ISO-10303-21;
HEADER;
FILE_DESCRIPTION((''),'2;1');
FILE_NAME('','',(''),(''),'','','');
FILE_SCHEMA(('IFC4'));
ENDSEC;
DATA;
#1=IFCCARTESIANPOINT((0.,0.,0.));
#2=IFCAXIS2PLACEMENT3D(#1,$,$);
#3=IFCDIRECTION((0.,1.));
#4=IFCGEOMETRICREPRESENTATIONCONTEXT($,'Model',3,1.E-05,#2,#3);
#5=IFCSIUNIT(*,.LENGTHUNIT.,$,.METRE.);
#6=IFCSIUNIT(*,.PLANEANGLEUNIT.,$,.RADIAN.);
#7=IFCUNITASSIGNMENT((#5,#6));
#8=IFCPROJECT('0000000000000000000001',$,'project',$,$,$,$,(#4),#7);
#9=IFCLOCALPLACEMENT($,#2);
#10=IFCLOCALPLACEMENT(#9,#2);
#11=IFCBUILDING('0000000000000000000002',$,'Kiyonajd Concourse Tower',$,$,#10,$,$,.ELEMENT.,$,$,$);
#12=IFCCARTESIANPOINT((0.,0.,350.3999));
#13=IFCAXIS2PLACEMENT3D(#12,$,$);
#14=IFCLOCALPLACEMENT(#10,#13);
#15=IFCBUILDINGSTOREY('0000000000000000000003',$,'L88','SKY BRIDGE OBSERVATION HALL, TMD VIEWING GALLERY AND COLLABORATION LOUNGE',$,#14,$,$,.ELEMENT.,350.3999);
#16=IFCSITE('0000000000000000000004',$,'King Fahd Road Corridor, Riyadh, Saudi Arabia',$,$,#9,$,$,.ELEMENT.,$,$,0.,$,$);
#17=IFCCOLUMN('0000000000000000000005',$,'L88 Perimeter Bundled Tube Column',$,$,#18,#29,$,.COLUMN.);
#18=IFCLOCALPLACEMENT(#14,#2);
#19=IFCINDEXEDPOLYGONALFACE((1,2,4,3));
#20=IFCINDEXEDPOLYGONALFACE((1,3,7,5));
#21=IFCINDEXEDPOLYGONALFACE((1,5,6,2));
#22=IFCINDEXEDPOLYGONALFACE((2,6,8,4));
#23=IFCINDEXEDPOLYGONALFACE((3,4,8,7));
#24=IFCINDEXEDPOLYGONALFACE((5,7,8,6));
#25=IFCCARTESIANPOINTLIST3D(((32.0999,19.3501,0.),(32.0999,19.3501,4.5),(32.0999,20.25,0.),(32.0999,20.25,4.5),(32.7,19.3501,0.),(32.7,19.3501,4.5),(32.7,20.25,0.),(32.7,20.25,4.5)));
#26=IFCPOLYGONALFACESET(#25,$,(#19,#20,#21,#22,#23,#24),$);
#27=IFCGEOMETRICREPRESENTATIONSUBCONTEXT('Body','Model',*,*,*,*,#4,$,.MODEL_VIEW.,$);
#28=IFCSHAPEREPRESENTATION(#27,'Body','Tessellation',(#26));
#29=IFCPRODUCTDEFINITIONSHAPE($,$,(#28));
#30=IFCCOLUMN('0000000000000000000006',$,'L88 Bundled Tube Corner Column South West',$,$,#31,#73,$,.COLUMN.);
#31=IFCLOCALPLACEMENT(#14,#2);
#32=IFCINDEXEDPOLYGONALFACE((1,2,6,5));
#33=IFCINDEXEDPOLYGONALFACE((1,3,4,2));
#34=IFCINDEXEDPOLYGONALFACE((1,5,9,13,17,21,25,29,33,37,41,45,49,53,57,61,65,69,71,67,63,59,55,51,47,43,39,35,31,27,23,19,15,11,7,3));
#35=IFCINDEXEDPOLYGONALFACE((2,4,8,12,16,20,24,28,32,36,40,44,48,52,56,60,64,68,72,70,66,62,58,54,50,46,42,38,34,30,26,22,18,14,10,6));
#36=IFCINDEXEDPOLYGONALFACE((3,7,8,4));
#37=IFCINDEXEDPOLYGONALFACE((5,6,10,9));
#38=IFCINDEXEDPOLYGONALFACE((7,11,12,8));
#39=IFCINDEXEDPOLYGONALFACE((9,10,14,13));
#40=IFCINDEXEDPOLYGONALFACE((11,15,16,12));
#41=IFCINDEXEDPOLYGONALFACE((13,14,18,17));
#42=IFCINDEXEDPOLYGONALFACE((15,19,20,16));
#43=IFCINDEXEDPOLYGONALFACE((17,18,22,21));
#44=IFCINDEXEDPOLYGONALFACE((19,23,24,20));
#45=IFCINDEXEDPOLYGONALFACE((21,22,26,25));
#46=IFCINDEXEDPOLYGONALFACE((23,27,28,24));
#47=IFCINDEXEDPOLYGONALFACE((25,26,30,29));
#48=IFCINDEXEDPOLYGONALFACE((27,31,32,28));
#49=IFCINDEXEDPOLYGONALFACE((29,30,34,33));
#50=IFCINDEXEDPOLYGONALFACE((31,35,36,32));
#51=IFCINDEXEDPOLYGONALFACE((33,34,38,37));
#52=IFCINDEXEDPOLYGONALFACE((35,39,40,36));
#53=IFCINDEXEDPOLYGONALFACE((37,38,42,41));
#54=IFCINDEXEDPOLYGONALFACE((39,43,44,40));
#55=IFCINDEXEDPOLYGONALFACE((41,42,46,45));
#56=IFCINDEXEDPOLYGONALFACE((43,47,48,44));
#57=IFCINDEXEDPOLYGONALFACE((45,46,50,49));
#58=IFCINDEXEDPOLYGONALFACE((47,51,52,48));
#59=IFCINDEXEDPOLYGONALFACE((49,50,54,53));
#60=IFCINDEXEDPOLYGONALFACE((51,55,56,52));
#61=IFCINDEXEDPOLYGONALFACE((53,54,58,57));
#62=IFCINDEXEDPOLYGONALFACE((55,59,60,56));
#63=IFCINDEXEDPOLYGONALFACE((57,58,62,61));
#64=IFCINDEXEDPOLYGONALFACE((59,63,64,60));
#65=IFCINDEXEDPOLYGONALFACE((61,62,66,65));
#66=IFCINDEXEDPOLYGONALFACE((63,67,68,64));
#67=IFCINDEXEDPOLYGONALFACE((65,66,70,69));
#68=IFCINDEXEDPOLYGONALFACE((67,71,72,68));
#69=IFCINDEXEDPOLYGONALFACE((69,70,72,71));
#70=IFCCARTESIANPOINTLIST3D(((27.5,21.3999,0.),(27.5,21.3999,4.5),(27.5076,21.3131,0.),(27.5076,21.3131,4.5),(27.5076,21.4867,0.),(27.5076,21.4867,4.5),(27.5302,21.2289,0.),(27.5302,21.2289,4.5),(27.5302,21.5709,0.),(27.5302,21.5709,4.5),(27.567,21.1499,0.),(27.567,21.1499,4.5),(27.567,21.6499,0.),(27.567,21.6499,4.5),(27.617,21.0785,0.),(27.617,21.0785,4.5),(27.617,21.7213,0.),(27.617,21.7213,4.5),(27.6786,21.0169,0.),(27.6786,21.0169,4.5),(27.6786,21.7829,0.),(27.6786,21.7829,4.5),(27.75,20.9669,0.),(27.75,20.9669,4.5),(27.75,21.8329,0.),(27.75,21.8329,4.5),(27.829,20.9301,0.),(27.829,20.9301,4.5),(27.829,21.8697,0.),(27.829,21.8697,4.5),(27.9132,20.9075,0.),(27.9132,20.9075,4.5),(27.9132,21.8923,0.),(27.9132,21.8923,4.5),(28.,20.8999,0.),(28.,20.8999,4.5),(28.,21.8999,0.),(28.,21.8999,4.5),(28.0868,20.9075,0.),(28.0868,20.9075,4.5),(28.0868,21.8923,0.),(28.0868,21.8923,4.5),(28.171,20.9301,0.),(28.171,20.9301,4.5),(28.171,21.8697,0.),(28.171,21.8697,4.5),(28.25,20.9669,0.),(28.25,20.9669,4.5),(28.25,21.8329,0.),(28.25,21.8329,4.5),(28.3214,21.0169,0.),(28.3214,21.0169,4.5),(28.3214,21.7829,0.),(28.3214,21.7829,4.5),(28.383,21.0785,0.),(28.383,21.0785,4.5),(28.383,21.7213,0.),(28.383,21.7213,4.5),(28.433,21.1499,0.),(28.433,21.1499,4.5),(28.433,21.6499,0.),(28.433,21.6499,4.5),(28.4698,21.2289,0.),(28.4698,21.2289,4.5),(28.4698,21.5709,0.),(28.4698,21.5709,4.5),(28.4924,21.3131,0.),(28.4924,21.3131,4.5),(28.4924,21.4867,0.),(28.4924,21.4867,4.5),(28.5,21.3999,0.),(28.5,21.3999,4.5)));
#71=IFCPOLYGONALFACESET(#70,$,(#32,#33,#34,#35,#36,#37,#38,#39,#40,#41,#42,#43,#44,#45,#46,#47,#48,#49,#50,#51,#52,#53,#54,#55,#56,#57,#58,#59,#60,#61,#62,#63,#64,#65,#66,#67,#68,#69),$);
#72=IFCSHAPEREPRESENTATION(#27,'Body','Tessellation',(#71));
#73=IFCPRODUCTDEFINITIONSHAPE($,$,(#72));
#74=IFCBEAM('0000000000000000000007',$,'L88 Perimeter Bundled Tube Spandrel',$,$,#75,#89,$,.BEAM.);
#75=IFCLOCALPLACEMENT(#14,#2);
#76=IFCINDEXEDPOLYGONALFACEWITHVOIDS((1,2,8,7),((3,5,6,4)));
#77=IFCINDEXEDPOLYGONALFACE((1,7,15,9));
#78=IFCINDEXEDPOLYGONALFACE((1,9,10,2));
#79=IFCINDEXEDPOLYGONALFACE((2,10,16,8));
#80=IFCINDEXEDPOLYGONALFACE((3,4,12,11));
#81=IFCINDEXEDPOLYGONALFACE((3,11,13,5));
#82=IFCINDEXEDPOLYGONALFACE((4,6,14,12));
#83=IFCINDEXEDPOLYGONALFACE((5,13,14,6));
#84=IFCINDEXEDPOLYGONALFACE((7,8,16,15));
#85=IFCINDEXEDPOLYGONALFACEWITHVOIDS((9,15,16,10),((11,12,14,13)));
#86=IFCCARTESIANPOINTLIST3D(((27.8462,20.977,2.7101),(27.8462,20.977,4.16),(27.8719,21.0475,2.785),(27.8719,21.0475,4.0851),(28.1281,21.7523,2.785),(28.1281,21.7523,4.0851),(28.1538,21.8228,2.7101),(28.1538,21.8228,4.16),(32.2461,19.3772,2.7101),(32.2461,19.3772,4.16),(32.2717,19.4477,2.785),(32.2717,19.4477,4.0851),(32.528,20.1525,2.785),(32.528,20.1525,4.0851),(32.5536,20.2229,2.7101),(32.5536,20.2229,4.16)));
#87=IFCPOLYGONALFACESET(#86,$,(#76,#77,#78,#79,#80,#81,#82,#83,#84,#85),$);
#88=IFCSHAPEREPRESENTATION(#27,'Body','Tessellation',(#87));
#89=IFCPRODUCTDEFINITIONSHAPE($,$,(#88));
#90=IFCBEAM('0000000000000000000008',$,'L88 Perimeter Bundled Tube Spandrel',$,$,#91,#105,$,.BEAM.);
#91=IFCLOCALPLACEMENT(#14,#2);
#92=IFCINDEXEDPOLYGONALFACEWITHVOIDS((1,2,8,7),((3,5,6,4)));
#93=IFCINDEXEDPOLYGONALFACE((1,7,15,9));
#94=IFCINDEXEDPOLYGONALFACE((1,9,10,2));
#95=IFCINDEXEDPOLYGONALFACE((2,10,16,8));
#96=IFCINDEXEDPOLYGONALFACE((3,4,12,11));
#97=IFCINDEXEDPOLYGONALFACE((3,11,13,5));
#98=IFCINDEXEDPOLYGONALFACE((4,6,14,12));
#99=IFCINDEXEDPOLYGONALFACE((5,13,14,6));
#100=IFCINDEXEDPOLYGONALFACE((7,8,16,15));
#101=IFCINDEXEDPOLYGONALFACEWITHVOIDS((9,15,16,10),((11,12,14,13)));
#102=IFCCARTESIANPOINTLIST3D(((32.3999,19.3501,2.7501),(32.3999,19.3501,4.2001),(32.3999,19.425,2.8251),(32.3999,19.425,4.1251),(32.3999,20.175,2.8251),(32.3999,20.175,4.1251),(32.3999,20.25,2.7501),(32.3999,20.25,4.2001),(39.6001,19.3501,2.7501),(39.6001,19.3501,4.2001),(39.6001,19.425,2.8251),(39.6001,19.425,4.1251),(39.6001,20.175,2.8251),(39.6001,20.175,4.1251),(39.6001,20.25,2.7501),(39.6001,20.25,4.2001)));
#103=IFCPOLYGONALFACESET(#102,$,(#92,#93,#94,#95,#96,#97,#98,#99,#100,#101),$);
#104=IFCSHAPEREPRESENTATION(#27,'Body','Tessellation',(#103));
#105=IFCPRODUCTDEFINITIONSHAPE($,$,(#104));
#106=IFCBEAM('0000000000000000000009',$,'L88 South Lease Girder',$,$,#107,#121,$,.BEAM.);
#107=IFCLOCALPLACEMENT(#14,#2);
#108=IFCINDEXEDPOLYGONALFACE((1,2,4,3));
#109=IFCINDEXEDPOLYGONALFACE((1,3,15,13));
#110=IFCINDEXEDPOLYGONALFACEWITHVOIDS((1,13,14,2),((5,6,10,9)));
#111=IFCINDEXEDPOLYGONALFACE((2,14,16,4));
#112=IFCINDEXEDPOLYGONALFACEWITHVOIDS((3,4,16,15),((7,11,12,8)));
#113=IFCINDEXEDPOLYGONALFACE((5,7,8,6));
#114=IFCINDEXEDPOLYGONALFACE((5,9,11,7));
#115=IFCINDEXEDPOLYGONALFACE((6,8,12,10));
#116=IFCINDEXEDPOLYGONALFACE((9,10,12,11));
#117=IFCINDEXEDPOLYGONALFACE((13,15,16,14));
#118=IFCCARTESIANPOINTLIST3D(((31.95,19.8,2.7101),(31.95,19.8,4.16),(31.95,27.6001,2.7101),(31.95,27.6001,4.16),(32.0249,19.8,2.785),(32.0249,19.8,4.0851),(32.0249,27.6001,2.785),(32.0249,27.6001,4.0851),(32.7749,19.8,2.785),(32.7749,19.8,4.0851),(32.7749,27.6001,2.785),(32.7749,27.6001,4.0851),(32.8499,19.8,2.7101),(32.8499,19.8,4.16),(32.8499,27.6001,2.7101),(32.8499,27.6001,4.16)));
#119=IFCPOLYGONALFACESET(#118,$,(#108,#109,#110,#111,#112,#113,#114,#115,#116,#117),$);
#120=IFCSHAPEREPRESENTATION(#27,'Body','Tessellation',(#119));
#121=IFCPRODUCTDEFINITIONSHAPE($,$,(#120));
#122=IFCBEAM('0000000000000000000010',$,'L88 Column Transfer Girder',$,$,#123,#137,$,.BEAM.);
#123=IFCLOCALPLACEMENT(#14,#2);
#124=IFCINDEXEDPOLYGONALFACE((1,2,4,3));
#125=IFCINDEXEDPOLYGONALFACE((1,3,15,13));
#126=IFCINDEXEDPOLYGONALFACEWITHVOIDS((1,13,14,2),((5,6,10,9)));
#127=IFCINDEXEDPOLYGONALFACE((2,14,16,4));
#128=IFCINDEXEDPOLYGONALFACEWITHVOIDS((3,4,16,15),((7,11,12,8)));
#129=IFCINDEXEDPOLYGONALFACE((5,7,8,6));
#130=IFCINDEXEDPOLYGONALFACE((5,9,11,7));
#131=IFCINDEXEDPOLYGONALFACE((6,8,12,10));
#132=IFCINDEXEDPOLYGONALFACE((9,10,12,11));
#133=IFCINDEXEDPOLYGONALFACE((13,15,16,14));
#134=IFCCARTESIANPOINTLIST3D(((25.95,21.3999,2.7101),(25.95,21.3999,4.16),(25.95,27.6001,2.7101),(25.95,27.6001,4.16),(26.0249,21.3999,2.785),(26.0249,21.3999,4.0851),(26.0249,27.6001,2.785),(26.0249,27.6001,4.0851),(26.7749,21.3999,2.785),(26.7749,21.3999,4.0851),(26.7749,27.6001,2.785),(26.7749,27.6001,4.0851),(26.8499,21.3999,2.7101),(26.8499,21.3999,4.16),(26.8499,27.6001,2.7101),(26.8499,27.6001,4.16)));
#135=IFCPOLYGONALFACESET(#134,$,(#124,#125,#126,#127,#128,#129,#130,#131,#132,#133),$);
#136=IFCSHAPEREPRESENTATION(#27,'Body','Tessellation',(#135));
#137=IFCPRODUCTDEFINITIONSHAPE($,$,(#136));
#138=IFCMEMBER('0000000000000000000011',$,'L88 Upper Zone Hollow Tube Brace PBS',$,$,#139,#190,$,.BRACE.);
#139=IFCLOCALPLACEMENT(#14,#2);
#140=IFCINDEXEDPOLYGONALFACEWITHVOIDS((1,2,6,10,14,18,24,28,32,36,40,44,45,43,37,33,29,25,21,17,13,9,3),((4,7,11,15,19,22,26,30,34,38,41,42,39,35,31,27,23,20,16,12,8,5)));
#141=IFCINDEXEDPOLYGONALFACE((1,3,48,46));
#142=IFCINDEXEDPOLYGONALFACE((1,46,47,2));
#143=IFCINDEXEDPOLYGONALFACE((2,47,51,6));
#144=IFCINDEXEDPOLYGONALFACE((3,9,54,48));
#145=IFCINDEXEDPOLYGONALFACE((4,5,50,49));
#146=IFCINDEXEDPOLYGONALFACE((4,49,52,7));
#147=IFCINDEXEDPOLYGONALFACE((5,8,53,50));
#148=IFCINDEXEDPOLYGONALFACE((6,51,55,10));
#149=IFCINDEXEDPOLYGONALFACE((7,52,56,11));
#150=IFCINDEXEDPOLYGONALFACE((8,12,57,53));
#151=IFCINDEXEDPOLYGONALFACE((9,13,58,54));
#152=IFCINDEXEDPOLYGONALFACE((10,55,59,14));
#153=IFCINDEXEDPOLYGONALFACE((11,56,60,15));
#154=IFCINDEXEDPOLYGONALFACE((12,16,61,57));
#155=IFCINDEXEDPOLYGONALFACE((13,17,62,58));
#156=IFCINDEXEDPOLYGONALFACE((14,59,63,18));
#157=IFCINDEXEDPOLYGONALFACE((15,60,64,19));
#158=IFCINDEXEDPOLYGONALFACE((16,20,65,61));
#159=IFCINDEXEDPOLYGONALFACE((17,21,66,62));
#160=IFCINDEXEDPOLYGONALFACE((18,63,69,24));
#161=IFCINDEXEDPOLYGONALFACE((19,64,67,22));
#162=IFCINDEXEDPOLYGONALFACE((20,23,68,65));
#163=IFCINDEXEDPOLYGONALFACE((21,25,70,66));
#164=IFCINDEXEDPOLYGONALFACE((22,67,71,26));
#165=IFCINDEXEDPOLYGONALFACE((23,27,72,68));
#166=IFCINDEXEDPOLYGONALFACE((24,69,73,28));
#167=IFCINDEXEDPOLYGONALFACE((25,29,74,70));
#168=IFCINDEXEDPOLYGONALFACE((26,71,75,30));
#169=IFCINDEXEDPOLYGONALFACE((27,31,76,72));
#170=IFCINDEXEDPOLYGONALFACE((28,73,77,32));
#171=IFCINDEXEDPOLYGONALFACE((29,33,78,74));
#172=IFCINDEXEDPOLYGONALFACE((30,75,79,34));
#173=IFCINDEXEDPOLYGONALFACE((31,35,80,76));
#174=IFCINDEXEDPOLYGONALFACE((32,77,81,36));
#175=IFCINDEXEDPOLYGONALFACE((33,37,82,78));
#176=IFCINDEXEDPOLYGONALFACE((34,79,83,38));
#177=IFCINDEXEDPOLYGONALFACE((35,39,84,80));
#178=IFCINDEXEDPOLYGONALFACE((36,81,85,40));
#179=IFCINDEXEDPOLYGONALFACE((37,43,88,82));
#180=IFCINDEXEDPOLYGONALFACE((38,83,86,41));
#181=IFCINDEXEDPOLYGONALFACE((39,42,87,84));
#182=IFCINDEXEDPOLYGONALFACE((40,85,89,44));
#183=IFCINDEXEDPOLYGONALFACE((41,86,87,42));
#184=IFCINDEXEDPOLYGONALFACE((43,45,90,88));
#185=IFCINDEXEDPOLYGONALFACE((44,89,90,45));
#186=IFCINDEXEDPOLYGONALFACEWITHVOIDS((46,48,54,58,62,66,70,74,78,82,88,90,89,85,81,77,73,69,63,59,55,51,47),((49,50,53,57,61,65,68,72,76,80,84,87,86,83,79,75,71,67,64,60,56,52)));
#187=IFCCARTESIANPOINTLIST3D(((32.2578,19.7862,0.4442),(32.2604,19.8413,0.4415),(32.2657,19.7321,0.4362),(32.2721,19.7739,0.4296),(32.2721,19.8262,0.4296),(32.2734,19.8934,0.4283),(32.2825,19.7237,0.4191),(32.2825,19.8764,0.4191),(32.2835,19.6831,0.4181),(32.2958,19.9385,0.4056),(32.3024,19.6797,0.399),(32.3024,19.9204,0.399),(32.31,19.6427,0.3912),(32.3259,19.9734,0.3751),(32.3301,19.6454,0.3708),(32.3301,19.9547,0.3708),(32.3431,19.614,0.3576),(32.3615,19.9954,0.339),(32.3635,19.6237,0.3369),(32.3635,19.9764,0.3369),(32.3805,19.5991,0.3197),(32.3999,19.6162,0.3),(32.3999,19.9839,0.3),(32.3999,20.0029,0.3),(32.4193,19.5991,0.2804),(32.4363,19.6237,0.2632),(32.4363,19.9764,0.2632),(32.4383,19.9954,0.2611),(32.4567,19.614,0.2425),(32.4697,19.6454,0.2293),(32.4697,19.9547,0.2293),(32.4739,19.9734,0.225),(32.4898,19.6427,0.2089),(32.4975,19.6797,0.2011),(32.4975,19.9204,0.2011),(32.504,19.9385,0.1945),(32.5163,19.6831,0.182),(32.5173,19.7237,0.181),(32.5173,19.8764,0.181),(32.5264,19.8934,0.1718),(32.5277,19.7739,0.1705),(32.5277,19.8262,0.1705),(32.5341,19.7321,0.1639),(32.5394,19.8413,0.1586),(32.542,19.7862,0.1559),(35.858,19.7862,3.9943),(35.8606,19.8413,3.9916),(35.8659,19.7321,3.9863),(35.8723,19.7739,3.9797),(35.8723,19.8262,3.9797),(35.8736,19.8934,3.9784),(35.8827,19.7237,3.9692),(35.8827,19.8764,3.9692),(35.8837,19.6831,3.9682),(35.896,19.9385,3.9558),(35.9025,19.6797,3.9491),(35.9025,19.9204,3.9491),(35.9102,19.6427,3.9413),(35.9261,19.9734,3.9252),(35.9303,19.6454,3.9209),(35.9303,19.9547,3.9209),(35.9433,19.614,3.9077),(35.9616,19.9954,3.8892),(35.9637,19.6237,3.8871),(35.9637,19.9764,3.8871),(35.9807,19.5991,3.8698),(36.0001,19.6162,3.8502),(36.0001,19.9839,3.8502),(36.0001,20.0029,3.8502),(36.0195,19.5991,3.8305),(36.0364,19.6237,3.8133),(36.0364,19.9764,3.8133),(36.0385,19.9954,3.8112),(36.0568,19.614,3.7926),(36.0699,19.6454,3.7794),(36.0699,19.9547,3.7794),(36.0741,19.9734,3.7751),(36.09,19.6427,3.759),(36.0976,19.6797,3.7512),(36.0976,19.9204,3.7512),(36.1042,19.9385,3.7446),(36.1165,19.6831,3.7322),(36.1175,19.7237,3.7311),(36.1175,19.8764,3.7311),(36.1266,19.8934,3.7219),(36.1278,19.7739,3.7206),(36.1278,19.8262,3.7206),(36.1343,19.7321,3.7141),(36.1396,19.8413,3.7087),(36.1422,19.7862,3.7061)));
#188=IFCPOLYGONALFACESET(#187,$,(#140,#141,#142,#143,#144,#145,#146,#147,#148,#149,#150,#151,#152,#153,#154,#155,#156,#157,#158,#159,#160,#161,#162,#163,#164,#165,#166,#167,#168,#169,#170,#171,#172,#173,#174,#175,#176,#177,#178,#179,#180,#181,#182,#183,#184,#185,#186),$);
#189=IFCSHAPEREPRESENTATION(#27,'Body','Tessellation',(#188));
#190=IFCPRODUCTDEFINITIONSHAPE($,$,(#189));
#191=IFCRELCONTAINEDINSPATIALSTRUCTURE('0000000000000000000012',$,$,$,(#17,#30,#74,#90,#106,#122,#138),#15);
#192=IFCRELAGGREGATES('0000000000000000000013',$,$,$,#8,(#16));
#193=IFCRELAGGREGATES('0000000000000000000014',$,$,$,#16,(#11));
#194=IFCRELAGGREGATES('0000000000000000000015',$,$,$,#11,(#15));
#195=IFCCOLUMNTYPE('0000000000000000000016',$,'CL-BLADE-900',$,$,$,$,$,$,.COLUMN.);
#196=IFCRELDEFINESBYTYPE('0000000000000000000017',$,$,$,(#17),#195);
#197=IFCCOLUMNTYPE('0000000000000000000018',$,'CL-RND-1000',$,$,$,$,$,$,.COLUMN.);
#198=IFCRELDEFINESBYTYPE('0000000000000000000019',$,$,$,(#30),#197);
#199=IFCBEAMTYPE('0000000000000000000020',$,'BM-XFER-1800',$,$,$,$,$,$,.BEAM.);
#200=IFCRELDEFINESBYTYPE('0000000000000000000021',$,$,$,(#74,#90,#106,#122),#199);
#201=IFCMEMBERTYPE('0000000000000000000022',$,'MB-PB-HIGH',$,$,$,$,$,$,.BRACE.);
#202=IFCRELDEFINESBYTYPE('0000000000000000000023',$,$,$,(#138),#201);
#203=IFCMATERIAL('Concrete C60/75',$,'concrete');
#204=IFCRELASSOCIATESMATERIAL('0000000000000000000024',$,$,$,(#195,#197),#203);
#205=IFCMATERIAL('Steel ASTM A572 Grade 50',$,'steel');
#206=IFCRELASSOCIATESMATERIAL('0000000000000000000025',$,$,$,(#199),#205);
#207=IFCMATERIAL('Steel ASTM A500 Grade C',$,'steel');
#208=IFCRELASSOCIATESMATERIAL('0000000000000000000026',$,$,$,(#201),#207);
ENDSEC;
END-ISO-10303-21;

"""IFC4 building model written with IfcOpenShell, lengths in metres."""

from ifc_helpers import new_model, si_unit, direction, frame, origin, origin_2d, place, context, subcontext, project, spatial, rectangle, hollow_rectangle, circle, hollow_circle, extrude, material, material_profile, profile_set, type_object, element, save


model = new_model("IFC4")

# Units and contexts
model_context = context("Model", 3, precision=1e-05, world=origin(), true_north=direction((0.0, 1.0)))
body_context = subcontext(model_context, "Body", "Model", "MODEL_VIEW")
ifc_project = project(units=[si_unit("LENGTHUNIT", "METRE"), si_unit("PLANEANGLEUNIT", "RADIAN")], contexts=[model_context])

# Site, building, storey
site_placement = place(None, origin())
site = spatial("IfcSite", under=ifc_project, at=site_placement, Name="King Fahd Road Corridor, Riyadh, Saudi Arabia", CompositionType="ELEMENT", RefElevation=0.0)
building_placement = place(site_placement, origin())
building = spatial("IfcBuilding", under=site, at=building_placement, Name="Kiyonajd Concourse Tower", CompositionType="ELEMENT")
storey_placement = place(building_placement, frame((0.0, 0.0, 350.3999)))
storey = spatial("IfcBuildingStorey", under=building, at=storey_placement, Name="L88", Description="SKY BRIDGE OBSERVATION HALL, TMD VIEWING GALLERY AND COLLABORATION LOUNGE", CompositionType="ELEMENT", Elevation=350.3999)

# Columns
ifc_material_1 = material(Name="Concrete C60/75", Category="concrete")
ifc_material_profile_1 = material_profile(ifc_material_1, rectangle(XDim=0.6001, YDim=0.8999, at=origin_2d()), Name="RC-900x600")
ifc_profile_set_1 = profile_set([ifc_material_profile_1], Name="Concrete C60/75")
column_type_1 = type_object("IfcColumnType", Name="CL-BLADE-900", PredefinedType="COLUMN", material=ifc_profile_set_1)
column_1_placement = place(storey_placement, frame((32.3999, 19.8, 0.0), z_axis=(0.0, 0.0, 1.0), x_axis=(1.0, 0.0, 0.0)))
element("IfcColumn", 1, at=column_1_placement, inside=storey, type_object=column_type_1, Name="L88 Perimeter Bundled Tube Column", PredefinedType="COLUMN", context=body_context, shape_type="SweptSolid", body=[
    extrude(rectangle(XDim=0.6001, YDim=0.8999, at=origin_2d()), origin(), (0.0, 0.0, 1.0), 4.5),
])
ifc_material_profile_2 = material_profile(ifc_material_1, circle(Radius=0.5, at=origin_2d()), Name="RCC-D1000")
ifc_profile_set_2 = profile_set([ifc_material_profile_2], Name="Concrete C60/75")
column_type_2 = type_object("IfcColumnType", Name="CL-RND-1000", PredefinedType="COLUMN", material=ifc_profile_set_2)
column_2_placement = place(storey_placement, frame((28.0, 21.3999, 0.0), z_axis=(0.0, 0.0, 1.0), x_axis=(1.0, 0.0, 0.0)))
element("IfcColumn", 2, at=column_2_placement, inside=storey, type_object=column_type_2, Name="L88 Bundled Tube Corner Column South West", PredefinedType="COLUMN", context=body_context, shape_type="SweptSolid", body=[
    extrude(circle(Radius=0.5, at=origin_2d()), origin(), (0.0, 0.0, 1.0), 4.5),
])

# Beams
ifc_material_2 = material(Name="Steel ASTM A572 Grade 50", Category="steel")
ifc_material_profile_3 = material_profile(ifc_material_2, hollow_rectangle(XDim=0.8999, YDim=1.45, WallThickness=0.075, at=origin_2d()), Name="BOX-1450x900x75")
ifc_profile_set_3 = profile_set([ifc_material_profile_3], Name="Steel ASTM A572 Grade 50")
beam_type = type_object("IfcBeamType", Name="BM-XFER-1800", PredefinedType="BEAM", material=ifc_profile_set_3)
beam_1_placement = place(storey_placement, frame((28.0, 21.3999, 3.4351), z_axis=(0.939801, -0.341722, 0.0), x_axis=(0.341722, 0.939801, 0.0)))
element("IfcBeam", 3, at=beam_1_placement, inside=storey, type_object=beam_type, Name="L88 Perimeter Bundled Tube Spandrel", PredefinedType="BEAM", context=body_context, shape_type="SweptSolid", body=[
    extrude(hollow_rectangle(XDim=0.8999, YDim=1.45, WallThickness=0.075, at=origin_2d()), origin(), (0.0, 0.0, 1.0), 4.6816),
])
beam_2_placement = place(storey_placement, frame((32.3999, 19.8, 3.4751), z_axis=(1.0, 0.0, 0.0), x_axis=(0.0, 1.0, 0.0)))
element("IfcBeam", 4, at=beam_2_placement, inside=storey, type_object=beam_type, Name="L88 Perimeter Bundled Tube Spandrel", PredefinedType="BEAM", context=body_context, shape_type="SweptSolid", body=[
    extrude(hollow_rectangle(XDim=0.8999, YDim=1.45, WallThickness=0.075, at=origin_2d()), origin(), (0.0, 0.0, 1.0), 7.2002),
])
beam_3_placement = place(storey_placement, frame((32.3999, 19.8, 3.4351), z_axis=(0.0, 1.0, 0.0), x_axis=(-1.0, 0.0, 0.0)))
element("IfcBeam", 5, at=beam_3_placement, inside=storey, type_object=beam_type, Name="L88 South Lease Girder", PredefinedType="BEAM", context=body_context, shape_type="SweptSolid", body=[
    extrude(hollow_rectangle(XDim=0.8999, YDim=1.45, WallThickness=0.075, at=origin_2d()), origin(), (0.0, 0.0, 1.0), 7.8),
])
beam_4_placement = place(storey_placement, frame((26.3999, 21.3999, 3.4351), z_axis=(0.0, 1.0, 0.0), x_axis=(-1.0, 0.0, 0.0)))
element("IfcBeam", 6, at=beam_4_placement, inside=storey, type_object=beam_type, Name="L88 Column Transfer Girder", PredefinedType="BEAM", context=body_context, shape_type="SweptSolid", body=[
    extrude(hollow_rectangle(XDim=0.8999, YDim=1.45, WallThickness=0.075, at=origin_2d()), origin(), (0.0, 0.0, 1.0), 6.2002),
])

# Member
ifc_material_3 = material(Name="Steel ASTM A500 Grade C", Category="steel")
ifc_material_profile_4 = material_profile(ifc_material_3, hollow_circle(Radius=0.2029, WallThickness=0.019, at=origin_2d()), Name="CHS-406x19")
ifc_profile_set_4 = profile_set([ifc_material_profile_4], Name="Steel ASTM A500 Grade C")
member_type = type_object("IfcMemberType", Name="MB-PB-HIGH", PredefinedType="BRACE", material=ifc_profile_set_4)
member_placement = place(storey_placement, frame((32.3999, 19.8, 0.3), z_axis=(0.712039, 0.0, 0.70214), x_axis=(0.0, 1.0, 0.0)))
element("IfcMember", 7, at=member_placement, inside=storey, type_object=member_type, Name="L88 Upper Zone Hollow Tube Brace PBS", PredefinedType="BRACE", context=body_context, shape_type="SweptSolid", body=[
    extrude(hollow_circle(Radius=0.2029, WallThickness=0.019, at=origin_2d()), origin(), (0.0, 0.0, 1.0), 5.0562),
])

save(model, "model.ifc")
